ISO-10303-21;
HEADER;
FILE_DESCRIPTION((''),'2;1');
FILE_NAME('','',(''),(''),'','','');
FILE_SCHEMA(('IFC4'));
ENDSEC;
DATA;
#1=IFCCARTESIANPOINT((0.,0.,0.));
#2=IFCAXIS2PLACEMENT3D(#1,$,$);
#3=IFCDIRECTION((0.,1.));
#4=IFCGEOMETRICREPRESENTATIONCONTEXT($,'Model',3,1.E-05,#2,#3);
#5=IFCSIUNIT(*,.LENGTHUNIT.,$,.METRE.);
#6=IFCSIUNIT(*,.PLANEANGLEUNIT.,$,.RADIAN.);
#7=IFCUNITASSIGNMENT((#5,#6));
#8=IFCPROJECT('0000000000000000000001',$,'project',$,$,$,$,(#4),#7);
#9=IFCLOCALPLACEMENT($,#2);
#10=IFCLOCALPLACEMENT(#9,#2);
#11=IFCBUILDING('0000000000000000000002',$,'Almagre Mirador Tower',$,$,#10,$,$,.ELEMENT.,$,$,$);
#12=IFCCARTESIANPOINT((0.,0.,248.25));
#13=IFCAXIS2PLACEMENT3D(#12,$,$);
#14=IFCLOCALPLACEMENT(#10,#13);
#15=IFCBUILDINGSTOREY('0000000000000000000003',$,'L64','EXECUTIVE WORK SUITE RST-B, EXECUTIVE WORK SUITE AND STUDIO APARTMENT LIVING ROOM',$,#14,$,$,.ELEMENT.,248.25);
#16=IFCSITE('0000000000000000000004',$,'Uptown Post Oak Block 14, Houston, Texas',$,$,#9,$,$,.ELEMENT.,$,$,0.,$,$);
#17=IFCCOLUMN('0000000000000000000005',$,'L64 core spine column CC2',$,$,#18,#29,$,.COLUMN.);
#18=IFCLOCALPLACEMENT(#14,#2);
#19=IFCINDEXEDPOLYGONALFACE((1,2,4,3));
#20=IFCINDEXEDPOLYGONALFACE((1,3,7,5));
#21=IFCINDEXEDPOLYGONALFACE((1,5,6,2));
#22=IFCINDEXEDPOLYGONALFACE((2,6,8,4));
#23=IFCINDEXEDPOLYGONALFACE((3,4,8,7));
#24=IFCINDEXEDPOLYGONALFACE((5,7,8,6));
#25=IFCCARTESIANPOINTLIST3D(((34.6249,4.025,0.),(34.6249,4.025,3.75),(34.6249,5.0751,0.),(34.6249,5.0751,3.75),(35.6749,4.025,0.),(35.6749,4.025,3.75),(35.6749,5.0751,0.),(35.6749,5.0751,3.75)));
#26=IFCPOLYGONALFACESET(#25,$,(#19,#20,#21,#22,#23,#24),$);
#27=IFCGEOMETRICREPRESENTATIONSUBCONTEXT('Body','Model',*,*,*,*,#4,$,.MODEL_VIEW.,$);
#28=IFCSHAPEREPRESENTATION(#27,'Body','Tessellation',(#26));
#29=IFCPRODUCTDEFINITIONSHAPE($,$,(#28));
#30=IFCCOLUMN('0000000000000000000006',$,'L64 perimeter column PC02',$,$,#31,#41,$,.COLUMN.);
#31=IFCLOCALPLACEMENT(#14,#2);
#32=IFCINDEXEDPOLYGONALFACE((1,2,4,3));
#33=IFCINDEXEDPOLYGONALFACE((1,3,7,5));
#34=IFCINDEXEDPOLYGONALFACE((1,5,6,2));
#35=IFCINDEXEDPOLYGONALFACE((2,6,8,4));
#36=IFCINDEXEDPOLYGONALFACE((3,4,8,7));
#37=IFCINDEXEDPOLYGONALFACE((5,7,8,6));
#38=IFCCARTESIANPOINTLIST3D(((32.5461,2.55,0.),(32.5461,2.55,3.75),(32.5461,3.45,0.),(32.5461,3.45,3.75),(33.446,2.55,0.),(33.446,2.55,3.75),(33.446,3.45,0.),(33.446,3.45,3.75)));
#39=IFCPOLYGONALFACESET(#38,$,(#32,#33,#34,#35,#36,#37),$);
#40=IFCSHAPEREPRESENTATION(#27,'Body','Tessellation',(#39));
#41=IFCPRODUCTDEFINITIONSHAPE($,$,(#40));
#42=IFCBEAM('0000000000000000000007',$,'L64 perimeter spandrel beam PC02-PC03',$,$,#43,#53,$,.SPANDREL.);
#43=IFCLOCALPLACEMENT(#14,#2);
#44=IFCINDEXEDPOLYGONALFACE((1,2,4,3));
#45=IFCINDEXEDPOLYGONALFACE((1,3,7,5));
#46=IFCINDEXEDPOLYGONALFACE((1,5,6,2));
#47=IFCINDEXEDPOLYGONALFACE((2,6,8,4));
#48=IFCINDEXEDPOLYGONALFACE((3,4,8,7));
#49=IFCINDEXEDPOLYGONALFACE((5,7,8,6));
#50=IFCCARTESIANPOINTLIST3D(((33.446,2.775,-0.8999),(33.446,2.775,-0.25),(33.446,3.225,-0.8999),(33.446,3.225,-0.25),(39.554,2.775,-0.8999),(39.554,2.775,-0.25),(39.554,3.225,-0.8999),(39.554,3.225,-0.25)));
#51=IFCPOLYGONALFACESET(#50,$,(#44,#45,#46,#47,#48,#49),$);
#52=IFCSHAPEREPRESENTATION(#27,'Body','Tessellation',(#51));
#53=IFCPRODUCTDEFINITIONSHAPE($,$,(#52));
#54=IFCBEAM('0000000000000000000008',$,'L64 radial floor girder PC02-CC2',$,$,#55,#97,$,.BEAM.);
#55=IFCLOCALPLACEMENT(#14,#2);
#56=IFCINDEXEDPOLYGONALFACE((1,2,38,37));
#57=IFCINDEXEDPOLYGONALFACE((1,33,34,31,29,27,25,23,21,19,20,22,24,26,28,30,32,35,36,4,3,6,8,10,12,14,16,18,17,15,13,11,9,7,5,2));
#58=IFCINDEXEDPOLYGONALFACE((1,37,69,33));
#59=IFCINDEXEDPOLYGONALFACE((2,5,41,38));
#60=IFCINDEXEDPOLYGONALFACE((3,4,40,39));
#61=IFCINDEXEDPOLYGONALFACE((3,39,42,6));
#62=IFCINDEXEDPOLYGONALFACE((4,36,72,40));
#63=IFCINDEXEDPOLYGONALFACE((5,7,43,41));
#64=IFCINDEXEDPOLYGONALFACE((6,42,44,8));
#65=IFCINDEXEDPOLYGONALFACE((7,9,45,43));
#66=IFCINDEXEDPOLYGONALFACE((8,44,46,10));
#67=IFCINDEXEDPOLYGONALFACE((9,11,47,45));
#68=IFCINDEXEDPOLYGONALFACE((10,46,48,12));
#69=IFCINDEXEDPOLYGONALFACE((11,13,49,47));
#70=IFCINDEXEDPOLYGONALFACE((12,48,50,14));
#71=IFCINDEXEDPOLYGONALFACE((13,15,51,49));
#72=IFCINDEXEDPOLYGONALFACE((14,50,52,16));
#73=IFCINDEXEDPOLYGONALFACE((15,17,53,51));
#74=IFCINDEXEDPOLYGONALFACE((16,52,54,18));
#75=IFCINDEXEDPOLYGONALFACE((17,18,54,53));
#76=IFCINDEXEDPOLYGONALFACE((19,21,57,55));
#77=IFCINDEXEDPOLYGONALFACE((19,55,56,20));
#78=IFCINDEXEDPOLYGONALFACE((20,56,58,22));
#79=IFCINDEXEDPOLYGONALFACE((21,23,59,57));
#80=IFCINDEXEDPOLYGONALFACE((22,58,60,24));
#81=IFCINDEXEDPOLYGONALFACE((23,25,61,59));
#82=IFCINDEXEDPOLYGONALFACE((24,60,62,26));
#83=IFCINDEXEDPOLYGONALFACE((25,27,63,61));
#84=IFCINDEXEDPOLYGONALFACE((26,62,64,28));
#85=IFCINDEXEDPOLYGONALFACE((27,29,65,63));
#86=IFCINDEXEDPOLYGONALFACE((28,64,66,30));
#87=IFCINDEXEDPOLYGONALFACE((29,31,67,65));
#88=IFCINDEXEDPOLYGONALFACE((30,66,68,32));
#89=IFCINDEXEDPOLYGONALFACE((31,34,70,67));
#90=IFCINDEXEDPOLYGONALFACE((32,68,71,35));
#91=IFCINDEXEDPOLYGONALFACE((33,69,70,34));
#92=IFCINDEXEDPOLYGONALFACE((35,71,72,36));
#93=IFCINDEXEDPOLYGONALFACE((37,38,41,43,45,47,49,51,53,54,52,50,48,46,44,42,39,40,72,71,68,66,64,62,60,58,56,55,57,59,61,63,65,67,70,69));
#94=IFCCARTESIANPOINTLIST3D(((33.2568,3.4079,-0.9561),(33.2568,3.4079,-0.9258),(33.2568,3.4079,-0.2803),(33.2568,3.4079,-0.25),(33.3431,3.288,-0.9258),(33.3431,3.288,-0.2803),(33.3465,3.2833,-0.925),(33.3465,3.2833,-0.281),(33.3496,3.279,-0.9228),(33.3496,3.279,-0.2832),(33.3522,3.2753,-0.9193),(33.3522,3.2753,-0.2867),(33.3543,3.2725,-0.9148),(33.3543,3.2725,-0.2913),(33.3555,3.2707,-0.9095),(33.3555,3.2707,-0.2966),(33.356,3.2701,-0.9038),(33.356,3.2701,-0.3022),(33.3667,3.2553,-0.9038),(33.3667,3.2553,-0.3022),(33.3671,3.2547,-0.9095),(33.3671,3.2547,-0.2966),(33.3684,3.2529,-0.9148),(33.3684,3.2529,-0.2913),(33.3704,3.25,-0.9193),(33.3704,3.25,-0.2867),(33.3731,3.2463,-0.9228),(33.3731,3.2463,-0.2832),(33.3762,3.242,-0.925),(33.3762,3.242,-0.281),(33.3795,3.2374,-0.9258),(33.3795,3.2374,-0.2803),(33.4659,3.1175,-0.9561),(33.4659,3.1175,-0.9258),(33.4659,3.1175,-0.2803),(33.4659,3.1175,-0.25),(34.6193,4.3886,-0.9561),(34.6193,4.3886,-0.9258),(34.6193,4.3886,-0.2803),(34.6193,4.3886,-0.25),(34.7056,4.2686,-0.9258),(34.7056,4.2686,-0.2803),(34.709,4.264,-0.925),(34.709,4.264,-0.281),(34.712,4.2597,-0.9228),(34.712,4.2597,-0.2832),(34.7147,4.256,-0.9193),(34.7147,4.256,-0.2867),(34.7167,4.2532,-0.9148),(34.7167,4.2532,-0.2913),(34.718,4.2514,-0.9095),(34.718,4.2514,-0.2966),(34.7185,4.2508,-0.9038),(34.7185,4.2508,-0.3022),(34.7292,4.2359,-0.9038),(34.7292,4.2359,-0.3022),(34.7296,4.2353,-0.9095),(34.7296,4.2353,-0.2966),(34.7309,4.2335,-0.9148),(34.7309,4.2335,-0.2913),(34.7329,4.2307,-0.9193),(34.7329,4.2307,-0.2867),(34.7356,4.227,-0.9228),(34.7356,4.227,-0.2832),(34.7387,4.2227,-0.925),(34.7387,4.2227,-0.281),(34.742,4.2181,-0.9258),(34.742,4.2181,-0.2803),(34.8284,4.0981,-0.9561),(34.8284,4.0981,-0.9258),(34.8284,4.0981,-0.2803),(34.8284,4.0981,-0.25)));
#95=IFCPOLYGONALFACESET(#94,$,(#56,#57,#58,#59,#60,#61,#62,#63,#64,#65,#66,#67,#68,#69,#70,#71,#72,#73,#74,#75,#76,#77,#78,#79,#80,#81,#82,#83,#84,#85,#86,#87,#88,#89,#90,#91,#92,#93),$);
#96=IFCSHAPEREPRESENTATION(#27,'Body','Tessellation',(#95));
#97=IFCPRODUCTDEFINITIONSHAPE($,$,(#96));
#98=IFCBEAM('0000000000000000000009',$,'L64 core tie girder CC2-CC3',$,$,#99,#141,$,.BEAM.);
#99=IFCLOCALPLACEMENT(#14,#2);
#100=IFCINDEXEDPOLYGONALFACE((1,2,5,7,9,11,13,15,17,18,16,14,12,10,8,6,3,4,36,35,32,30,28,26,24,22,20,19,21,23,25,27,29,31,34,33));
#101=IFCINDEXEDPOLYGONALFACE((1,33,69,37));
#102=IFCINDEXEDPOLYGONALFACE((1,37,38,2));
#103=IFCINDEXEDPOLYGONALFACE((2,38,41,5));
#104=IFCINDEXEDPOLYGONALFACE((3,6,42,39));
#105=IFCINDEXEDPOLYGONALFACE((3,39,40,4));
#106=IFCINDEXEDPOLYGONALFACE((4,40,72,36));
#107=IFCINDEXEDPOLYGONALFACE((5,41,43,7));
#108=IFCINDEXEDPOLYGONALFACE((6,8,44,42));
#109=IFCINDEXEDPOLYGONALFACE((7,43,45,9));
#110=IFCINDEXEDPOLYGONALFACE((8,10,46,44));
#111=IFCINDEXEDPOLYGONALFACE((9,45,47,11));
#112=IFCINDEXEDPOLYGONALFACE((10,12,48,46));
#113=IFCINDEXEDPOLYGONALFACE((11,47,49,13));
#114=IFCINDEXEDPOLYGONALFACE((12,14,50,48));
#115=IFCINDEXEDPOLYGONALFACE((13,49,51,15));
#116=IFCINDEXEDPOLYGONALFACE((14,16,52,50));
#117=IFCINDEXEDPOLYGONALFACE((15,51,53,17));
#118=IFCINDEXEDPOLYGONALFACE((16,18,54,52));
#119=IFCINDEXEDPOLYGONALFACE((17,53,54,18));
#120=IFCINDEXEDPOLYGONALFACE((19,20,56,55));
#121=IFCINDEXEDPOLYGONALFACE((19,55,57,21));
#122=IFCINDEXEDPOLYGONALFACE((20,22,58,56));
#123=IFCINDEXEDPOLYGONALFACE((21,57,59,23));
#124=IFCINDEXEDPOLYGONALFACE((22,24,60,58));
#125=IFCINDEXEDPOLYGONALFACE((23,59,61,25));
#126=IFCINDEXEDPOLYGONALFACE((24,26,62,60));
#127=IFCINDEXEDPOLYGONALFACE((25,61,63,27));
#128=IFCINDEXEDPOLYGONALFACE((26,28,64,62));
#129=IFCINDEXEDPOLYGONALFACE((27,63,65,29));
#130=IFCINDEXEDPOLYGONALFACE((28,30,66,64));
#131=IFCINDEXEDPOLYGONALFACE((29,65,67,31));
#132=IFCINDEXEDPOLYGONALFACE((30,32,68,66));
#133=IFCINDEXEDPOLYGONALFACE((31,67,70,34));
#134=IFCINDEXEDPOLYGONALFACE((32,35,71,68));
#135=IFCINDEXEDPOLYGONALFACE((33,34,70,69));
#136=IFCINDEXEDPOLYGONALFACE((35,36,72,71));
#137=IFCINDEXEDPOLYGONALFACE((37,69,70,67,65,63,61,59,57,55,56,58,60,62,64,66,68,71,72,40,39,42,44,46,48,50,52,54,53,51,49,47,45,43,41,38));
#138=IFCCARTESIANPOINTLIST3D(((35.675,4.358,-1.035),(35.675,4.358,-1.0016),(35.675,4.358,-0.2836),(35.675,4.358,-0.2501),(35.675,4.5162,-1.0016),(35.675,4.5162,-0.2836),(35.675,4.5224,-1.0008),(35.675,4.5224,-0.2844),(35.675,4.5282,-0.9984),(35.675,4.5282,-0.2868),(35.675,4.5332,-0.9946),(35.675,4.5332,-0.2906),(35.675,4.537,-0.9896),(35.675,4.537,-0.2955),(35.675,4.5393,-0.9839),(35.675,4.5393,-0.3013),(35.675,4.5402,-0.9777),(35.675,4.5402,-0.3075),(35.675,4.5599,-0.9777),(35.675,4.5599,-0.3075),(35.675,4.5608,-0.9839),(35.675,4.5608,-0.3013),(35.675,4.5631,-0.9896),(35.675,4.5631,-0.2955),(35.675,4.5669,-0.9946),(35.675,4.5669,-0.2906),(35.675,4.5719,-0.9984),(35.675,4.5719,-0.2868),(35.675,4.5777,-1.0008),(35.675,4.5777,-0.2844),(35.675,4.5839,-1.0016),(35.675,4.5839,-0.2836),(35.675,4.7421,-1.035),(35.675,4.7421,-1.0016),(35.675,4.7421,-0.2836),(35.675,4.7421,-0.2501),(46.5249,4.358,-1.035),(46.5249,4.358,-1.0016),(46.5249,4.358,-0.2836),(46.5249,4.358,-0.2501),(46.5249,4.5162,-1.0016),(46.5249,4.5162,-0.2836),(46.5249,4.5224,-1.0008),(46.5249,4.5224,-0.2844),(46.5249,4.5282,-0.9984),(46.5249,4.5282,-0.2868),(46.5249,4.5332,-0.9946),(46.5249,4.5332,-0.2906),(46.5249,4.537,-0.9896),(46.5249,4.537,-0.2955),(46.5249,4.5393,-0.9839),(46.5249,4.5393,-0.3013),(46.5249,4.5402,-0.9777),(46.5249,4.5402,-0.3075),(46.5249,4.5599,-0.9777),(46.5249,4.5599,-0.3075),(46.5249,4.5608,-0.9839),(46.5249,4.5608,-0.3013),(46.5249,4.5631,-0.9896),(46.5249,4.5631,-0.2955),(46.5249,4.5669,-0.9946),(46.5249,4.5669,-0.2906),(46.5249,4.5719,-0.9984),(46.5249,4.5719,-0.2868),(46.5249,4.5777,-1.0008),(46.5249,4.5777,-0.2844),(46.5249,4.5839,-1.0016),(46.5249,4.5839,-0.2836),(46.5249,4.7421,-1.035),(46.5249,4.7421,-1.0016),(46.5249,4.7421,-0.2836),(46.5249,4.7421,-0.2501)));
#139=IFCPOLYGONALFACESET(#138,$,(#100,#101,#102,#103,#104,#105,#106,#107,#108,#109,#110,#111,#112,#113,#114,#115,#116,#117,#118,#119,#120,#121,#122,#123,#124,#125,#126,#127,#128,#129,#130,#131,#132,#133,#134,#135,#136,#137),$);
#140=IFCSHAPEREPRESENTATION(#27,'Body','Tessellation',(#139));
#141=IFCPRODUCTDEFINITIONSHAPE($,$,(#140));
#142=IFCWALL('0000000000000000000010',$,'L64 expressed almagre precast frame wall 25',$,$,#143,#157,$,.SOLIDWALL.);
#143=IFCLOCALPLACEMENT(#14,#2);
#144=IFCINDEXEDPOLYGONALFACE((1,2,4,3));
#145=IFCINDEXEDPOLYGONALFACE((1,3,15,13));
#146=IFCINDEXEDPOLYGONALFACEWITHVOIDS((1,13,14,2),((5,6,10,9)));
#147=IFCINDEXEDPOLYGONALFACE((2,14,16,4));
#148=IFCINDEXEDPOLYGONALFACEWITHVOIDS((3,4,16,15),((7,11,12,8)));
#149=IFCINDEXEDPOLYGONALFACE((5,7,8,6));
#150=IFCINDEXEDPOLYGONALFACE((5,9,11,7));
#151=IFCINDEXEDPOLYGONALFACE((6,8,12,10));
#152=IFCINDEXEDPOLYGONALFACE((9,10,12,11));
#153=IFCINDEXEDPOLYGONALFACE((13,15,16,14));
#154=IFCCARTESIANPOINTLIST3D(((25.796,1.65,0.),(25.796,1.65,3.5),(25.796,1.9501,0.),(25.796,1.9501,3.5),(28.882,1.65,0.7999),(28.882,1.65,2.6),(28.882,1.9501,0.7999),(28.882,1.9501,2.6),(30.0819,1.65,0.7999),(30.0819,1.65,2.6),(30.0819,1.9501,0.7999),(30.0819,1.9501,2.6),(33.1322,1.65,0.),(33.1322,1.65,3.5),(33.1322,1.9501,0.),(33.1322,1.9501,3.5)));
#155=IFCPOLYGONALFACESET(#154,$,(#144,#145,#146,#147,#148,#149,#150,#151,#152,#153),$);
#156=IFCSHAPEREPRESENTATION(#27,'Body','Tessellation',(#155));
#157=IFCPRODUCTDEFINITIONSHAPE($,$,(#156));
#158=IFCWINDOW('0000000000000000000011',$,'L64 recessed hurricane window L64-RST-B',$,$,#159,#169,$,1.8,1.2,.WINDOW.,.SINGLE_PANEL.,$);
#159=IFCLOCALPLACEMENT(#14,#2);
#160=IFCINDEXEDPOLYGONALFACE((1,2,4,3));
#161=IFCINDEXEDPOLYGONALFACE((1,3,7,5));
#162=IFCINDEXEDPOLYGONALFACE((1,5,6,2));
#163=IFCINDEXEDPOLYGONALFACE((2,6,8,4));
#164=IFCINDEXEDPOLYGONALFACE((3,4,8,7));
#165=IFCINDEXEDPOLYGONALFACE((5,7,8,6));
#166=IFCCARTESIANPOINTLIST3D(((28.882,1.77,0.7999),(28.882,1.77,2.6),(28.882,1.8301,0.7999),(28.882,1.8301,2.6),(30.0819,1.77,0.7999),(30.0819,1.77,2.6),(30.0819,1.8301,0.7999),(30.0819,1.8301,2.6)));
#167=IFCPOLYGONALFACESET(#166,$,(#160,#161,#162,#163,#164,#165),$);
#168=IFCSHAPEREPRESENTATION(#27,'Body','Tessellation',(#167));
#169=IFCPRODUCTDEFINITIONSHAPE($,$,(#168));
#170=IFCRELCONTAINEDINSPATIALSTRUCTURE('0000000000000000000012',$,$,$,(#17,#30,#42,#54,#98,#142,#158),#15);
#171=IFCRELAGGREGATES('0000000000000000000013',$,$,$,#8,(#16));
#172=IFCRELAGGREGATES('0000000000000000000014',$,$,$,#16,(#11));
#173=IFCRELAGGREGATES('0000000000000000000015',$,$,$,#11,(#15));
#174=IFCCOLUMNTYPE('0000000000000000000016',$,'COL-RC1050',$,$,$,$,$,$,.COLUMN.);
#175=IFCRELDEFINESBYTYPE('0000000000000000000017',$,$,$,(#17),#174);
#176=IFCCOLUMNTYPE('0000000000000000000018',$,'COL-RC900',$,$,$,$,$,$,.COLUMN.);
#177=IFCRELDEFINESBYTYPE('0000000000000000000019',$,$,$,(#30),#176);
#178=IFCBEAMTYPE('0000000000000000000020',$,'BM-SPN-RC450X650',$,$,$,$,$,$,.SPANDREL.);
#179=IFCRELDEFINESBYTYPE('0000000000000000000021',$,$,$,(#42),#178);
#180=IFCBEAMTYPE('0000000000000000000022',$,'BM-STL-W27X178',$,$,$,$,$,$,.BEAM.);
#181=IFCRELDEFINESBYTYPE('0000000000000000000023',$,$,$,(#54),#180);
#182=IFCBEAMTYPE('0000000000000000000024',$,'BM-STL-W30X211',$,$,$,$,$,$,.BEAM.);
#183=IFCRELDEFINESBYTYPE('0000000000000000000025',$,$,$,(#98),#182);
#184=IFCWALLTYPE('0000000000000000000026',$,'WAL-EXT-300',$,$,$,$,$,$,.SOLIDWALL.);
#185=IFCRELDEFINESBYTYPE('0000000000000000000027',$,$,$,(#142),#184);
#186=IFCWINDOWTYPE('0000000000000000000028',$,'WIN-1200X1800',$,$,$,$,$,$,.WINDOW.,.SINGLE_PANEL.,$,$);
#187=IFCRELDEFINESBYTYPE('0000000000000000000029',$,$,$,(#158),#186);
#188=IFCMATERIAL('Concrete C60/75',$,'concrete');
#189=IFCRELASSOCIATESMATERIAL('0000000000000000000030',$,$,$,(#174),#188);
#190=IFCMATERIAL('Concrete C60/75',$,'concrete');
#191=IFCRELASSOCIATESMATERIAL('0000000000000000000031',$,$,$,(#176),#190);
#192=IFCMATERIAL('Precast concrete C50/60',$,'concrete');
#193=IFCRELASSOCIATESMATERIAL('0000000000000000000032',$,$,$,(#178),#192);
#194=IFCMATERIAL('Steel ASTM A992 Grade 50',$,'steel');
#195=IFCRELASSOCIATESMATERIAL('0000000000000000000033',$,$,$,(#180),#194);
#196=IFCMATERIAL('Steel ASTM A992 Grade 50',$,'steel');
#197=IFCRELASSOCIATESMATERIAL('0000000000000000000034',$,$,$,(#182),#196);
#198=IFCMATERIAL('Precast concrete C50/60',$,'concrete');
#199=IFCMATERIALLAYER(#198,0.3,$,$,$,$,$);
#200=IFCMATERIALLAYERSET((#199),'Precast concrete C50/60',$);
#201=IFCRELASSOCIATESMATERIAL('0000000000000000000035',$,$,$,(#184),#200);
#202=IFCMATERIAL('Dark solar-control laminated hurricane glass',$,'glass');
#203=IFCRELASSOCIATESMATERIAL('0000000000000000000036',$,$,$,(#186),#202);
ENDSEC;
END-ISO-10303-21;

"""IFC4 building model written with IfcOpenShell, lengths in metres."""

from ifc_helpers import new_model, si_unit, direction, frame, frame_2d, origin, origin_2d, place, context, subcontext, project, spatial, rectangle, i_section, extrude, material, layer, layer_set, material_profile, profile_set, type_object, element, fill, save


model = new_model("IFC4")

# Units and contexts
model_context = context("Model", 3, precision=1e-05, world=origin(), true_north=direction((0.0, 1.0)))
body_context = subcontext(model_context, "Body", "Model", "MODEL_VIEW")
ifc_project = project(units=[si_unit("LENGTHUNIT", "METRE"), si_unit("PLANEANGLEUNIT", "RADIAN")], contexts=[model_context])

# Site, building, storey
site_placement = place(None, origin())
site = spatial("IfcSite", under=ifc_project, at=site_placement, Name="Uptown Post Oak Block 14, Houston, Texas", CompositionType="ELEMENT", RefElevation=0.0)
building_placement = place(site_placement, origin())
building = spatial("IfcBuilding", under=site, at=building_placement, Name="Almagre Mirador Tower", CompositionType="ELEMENT")
storey_placement = place(building_placement, frame((0.0, 0.0, 248.25)))
storey = spatial("IfcBuildingStorey", under=building, at=storey_placement, Name="L64", Description="EXECUTIVE WORK SUITE RST-B, EXECUTIVE WORK SUITE AND STUDIO APARTMENT LIVING ROOM", CompositionType="ELEMENT", Elevation=248.25)

# Columns
ifc_material_1 = material(Name="Concrete C60/75", Category="concrete")
ifc_material_profile_1 = material_profile(ifc_material_1, rectangle(XDim=1.05, YDim=1.05, at=origin_2d()), Name="RC1050X1050")
ifc_profile_set_1 = profile_set([ifc_material_profile_1], Name="Concrete C60/75")
column_type_1 = type_object("IfcColumnType", Name="COL-RC1050", PredefinedType="COLUMN", material=ifc_profile_set_1)
column_1_placement = place(storey_placement, frame((35.1499, 4.55, 0.0), z_axis=(0.0, 0.0, 1.0), x_axis=(1.0, 0.0, 0.0)))
element("IfcColumn", 1, at=column_1_placement, inside=storey, type_object=column_type_1, Name="L64 core spine column CC2", PredefinedType="COLUMN", context=body_context, shape_type="SweptSolid", body=[
    extrude(rectangle(XDim=1.05, YDim=1.05, at=origin_2d()), origin(), (0.0, 0.0, 1.0), 3.75),
])
ifc_material_2 = material(Name="Concrete C60/75", Category="concrete")
ifc_material_profile_2 = material_profile(ifc_material_2, rectangle(XDim=0.8999, YDim=0.8999, at=origin_2d()), Name="RC900X900")
ifc_profile_set_2 = profile_set([ifc_material_profile_2], Name="Concrete C60/75")
column_type_2 = type_object("IfcColumnType", Name="COL-RC900", PredefinedType="COLUMN", material=ifc_profile_set_2)
column_2_placement = place(storey_placement, frame((32.9961, 3.0, 0.0), z_axis=(0.0, 0.0, 1.0), x_axis=(1.0, 0.0, 0.0)))
element("IfcColumn", 2, at=column_2_placement, inside=storey, type_object=column_type_2, Name="L64 perimeter column PC02", PredefinedType="COLUMN", context=body_context, shape_type="SweptSolid", body=[
    extrude(rectangle(XDim=0.8999, YDim=0.8999, at=origin_2d()), origin(), (0.0, 0.0, 1.0), 3.75),
])

# Beams
ifc_material_3 = material(Name="Precast concrete C50/60", Category="concrete")
ifc_material_profile_3 = material_profile(ifc_material_3, rectangle(XDim=0.45, YDim=0.6499, at=origin_2d()), Name="RC450X650")
ifc_profile_set_3 = profile_set([ifc_material_profile_3], Name="Precast concrete C50/60")
beam_type_1 = type_object("IfcBeamType", Name="BM-SPN-RC450X650", PredefinedType="SPANDREL", material=ifc_profile_set_3)
beam_1_placement = place(storey_placement, frame((33.446, 3.0, -0.575), z_axis=(1.0, 0.0, 0.0), x_axis=(0.0, 1.0, 0.0)))
element("IfcBeam", 3, at=beam_1_placement, inside=storey, type_object=beam_type_1, Name="L64 perimeter spandrel beam PC02-PC03", PredefinedType="SPANDREL", context=body_context, shape_type="SweptSolid", body=[
    extrude(rectangle(XDim=0.45, YDim=0.6499, at=origin_2d()), origin(), (0.0, 0.0, 1.0), 6.1079),
])
ifc_material_4 = material(Name="Steel ASTM A992 Grade 50", Category="steel")
ifc_material_profile_4 = material_profile(ifc_material_4, i_section(OverallWidth=0.3579, OverallDepth=0.7061, WebThickness=0.0183, FlangeThickness=0.0303, FilletRadius=0.022, at=origin_2d()), Name="W27X178")
ifc_profile_set_4 = profile_set([ifc_material_profile_4], Name="Steel ASTM A992 Grade 50")
beam_type_2 = type_object("IfcBeamType", Name="BM-STL-W27X178", PredefinedType="BEAM", material=ifc_profile_set_4)
beam_2_placement = place(storey_placement, frame((33.3613, 3.2627, -0.603), z_axis=(0.811625, 0.584178, 0.0), x_axis=(-0.584178, 0.811625, 0.0)))
element("IfcBeam", 4, at=beam_2_placement, inside=storey, type_object=beam_type_2, Name="L64 radial floor girder PC02-CC2", PredefinedType="BEAM", context=body_context, shape_type="SweptSolid", body=[
    extrude(i_section(OverallWidth=0.3579, OverallDepth=0.7061, WebThickness=0.0183, FlangeThickness=0.0303, FilletRadius=0.022, at=origin_2d()), origin(), (0.0, 0.0, 1.0), 1.6787),
])
ifc_material_5 = material(Name="Steel ASTM A992 Grade 50", Category="steel")
ifc_material_profile_5 = material_profile(ifc_material_5, i_section(OverallWidth=0.384, OverallDepth=0.7849, WebThickness=0.0198, FlangeThickness=0.0334, FilletRadius=0.0239, at=origin_2d()), Name="W30X211")
ifc_profile_set_5 = profile_set([ifc_material_profile_5], Name="Steel ASTM A992 Grade 50")
beam_type_3 = type_object("IfcBeamType", Name="BM-STL-W30X211", PredefinedType="BEAM", material=ifc_profile_set_5)
beam_3_placement = place(storey_placement, frame((35.675, 4.55, -0.6426), z_axis=(1.0, 0.0, 0.0), x_axis=(0.0, 1.0, 0.0)))
element("IfcBeam", 5, at=beam_3_placement, inside=storey, type_object=beam_type_3, Name="L64 core tie girder CC2-CC3", PredefinedType="BEAM", context=body_context, shape_type="SweptSolid", body=[
    extrude(i_section(OverallWidth=0.384, OverallDepth=0.7849, WebThickness=0.0198, FlangeThickness=0.0334, FilletRadius=0.0239, at=origin_2d()), origin(), (0.0, 0.0, 1.0), 10.8499),
])

# Wall, opening, window
ifc_material_6 = material(Name="Precast concrete C50/60", Category="concrete")
ifc_layer_1 = layer(ifc_material_6, 0.3)
ifc_layer_set_1 = layer_set([ifc_layer_1], Name="Precast concrete C50/60")
wall_type_1 = type_object("IfcWallType", Name="WAL-EXT-300", PredefinedType="SOLIDWALL", material=ifc_layer_set_1)
wall_1_placement = place(storey_placement, frame((33.1321, 1.8, 0.0), z_axis=(0.0, 0.0, 1.0), x_axis=(-1.0, 0.0, 0.0)))
wall_1 = element("IfcWall", 6, at=wall_1_placement, inside=storey, type_object=wall_type_1, Name="L64 expressed almagre precast frame wall 25", PredefinedType="SOLIDWALL", context=body_context, shape_type="SweptSolid", body=[
    extrude(rectangle(XDim=7.3362, YDim=0.3, at=frame_2d((3.668, 0.0))), origin(), (0.0, 0.0, 1.0), 3.5),
])
opening_1_placement = place(wall_1_placement, frame((3.05, 0.0, 0.8)))
opening_1 = element("IfcOpeningElement", 7, at=opening_1_placement, cuts=wall_1, PredefinedType="OPENING", context=body_context, shape_type="SweptSolid", body=[
    extrude(rectangle(XDim=1.2, YDim=1.8, at=frame_2d((0.6001, 0.8999))), frame((0.0, 0.1599, 0.0), z_axis=(0.0, -1.0, 0.0), x_axis=(1.0, 0.0, 0.0)), (0.0, 0.0, 1.0), 0.32),
])
ifc_material_7 = material(Name="Dark solar-control laminated hurricane glass", Category="glass")
window_type = type_object("IfcWindowType", Name="WIN-1200X1800", PartitioningType="SINGLE_PANEL", PredefinedType="WINDOW", material=ifc_material_7)
window_placement = place(opening_1_placement, origin())
window = element("IfcWindow", 8, at=window_placement, inside=storey, type_object=window_type, Name="L64 recessed hurricane window L64-RST-B", OverallHeight=1.8, OverallWidth=1.2, PartitioningType="SINGLE_PANEL", PredefinedType="WINDOW", context=body_context, shape_type="SweptSolid", body=[
    extrude(rectangle(XDim=1.2, YDim=1.8, at=frame_2d((0.6001, 0.8999))), frame((0.0, 0.03, 0.0), z_axis=(0.0, -1.0, 0.0), x_axis=(1.0, 0.0, 0.0)), (0.0, 0.0, 1.0), 0.0601),
])
fill(opening_1, window)

save(model, "model.ifc")
